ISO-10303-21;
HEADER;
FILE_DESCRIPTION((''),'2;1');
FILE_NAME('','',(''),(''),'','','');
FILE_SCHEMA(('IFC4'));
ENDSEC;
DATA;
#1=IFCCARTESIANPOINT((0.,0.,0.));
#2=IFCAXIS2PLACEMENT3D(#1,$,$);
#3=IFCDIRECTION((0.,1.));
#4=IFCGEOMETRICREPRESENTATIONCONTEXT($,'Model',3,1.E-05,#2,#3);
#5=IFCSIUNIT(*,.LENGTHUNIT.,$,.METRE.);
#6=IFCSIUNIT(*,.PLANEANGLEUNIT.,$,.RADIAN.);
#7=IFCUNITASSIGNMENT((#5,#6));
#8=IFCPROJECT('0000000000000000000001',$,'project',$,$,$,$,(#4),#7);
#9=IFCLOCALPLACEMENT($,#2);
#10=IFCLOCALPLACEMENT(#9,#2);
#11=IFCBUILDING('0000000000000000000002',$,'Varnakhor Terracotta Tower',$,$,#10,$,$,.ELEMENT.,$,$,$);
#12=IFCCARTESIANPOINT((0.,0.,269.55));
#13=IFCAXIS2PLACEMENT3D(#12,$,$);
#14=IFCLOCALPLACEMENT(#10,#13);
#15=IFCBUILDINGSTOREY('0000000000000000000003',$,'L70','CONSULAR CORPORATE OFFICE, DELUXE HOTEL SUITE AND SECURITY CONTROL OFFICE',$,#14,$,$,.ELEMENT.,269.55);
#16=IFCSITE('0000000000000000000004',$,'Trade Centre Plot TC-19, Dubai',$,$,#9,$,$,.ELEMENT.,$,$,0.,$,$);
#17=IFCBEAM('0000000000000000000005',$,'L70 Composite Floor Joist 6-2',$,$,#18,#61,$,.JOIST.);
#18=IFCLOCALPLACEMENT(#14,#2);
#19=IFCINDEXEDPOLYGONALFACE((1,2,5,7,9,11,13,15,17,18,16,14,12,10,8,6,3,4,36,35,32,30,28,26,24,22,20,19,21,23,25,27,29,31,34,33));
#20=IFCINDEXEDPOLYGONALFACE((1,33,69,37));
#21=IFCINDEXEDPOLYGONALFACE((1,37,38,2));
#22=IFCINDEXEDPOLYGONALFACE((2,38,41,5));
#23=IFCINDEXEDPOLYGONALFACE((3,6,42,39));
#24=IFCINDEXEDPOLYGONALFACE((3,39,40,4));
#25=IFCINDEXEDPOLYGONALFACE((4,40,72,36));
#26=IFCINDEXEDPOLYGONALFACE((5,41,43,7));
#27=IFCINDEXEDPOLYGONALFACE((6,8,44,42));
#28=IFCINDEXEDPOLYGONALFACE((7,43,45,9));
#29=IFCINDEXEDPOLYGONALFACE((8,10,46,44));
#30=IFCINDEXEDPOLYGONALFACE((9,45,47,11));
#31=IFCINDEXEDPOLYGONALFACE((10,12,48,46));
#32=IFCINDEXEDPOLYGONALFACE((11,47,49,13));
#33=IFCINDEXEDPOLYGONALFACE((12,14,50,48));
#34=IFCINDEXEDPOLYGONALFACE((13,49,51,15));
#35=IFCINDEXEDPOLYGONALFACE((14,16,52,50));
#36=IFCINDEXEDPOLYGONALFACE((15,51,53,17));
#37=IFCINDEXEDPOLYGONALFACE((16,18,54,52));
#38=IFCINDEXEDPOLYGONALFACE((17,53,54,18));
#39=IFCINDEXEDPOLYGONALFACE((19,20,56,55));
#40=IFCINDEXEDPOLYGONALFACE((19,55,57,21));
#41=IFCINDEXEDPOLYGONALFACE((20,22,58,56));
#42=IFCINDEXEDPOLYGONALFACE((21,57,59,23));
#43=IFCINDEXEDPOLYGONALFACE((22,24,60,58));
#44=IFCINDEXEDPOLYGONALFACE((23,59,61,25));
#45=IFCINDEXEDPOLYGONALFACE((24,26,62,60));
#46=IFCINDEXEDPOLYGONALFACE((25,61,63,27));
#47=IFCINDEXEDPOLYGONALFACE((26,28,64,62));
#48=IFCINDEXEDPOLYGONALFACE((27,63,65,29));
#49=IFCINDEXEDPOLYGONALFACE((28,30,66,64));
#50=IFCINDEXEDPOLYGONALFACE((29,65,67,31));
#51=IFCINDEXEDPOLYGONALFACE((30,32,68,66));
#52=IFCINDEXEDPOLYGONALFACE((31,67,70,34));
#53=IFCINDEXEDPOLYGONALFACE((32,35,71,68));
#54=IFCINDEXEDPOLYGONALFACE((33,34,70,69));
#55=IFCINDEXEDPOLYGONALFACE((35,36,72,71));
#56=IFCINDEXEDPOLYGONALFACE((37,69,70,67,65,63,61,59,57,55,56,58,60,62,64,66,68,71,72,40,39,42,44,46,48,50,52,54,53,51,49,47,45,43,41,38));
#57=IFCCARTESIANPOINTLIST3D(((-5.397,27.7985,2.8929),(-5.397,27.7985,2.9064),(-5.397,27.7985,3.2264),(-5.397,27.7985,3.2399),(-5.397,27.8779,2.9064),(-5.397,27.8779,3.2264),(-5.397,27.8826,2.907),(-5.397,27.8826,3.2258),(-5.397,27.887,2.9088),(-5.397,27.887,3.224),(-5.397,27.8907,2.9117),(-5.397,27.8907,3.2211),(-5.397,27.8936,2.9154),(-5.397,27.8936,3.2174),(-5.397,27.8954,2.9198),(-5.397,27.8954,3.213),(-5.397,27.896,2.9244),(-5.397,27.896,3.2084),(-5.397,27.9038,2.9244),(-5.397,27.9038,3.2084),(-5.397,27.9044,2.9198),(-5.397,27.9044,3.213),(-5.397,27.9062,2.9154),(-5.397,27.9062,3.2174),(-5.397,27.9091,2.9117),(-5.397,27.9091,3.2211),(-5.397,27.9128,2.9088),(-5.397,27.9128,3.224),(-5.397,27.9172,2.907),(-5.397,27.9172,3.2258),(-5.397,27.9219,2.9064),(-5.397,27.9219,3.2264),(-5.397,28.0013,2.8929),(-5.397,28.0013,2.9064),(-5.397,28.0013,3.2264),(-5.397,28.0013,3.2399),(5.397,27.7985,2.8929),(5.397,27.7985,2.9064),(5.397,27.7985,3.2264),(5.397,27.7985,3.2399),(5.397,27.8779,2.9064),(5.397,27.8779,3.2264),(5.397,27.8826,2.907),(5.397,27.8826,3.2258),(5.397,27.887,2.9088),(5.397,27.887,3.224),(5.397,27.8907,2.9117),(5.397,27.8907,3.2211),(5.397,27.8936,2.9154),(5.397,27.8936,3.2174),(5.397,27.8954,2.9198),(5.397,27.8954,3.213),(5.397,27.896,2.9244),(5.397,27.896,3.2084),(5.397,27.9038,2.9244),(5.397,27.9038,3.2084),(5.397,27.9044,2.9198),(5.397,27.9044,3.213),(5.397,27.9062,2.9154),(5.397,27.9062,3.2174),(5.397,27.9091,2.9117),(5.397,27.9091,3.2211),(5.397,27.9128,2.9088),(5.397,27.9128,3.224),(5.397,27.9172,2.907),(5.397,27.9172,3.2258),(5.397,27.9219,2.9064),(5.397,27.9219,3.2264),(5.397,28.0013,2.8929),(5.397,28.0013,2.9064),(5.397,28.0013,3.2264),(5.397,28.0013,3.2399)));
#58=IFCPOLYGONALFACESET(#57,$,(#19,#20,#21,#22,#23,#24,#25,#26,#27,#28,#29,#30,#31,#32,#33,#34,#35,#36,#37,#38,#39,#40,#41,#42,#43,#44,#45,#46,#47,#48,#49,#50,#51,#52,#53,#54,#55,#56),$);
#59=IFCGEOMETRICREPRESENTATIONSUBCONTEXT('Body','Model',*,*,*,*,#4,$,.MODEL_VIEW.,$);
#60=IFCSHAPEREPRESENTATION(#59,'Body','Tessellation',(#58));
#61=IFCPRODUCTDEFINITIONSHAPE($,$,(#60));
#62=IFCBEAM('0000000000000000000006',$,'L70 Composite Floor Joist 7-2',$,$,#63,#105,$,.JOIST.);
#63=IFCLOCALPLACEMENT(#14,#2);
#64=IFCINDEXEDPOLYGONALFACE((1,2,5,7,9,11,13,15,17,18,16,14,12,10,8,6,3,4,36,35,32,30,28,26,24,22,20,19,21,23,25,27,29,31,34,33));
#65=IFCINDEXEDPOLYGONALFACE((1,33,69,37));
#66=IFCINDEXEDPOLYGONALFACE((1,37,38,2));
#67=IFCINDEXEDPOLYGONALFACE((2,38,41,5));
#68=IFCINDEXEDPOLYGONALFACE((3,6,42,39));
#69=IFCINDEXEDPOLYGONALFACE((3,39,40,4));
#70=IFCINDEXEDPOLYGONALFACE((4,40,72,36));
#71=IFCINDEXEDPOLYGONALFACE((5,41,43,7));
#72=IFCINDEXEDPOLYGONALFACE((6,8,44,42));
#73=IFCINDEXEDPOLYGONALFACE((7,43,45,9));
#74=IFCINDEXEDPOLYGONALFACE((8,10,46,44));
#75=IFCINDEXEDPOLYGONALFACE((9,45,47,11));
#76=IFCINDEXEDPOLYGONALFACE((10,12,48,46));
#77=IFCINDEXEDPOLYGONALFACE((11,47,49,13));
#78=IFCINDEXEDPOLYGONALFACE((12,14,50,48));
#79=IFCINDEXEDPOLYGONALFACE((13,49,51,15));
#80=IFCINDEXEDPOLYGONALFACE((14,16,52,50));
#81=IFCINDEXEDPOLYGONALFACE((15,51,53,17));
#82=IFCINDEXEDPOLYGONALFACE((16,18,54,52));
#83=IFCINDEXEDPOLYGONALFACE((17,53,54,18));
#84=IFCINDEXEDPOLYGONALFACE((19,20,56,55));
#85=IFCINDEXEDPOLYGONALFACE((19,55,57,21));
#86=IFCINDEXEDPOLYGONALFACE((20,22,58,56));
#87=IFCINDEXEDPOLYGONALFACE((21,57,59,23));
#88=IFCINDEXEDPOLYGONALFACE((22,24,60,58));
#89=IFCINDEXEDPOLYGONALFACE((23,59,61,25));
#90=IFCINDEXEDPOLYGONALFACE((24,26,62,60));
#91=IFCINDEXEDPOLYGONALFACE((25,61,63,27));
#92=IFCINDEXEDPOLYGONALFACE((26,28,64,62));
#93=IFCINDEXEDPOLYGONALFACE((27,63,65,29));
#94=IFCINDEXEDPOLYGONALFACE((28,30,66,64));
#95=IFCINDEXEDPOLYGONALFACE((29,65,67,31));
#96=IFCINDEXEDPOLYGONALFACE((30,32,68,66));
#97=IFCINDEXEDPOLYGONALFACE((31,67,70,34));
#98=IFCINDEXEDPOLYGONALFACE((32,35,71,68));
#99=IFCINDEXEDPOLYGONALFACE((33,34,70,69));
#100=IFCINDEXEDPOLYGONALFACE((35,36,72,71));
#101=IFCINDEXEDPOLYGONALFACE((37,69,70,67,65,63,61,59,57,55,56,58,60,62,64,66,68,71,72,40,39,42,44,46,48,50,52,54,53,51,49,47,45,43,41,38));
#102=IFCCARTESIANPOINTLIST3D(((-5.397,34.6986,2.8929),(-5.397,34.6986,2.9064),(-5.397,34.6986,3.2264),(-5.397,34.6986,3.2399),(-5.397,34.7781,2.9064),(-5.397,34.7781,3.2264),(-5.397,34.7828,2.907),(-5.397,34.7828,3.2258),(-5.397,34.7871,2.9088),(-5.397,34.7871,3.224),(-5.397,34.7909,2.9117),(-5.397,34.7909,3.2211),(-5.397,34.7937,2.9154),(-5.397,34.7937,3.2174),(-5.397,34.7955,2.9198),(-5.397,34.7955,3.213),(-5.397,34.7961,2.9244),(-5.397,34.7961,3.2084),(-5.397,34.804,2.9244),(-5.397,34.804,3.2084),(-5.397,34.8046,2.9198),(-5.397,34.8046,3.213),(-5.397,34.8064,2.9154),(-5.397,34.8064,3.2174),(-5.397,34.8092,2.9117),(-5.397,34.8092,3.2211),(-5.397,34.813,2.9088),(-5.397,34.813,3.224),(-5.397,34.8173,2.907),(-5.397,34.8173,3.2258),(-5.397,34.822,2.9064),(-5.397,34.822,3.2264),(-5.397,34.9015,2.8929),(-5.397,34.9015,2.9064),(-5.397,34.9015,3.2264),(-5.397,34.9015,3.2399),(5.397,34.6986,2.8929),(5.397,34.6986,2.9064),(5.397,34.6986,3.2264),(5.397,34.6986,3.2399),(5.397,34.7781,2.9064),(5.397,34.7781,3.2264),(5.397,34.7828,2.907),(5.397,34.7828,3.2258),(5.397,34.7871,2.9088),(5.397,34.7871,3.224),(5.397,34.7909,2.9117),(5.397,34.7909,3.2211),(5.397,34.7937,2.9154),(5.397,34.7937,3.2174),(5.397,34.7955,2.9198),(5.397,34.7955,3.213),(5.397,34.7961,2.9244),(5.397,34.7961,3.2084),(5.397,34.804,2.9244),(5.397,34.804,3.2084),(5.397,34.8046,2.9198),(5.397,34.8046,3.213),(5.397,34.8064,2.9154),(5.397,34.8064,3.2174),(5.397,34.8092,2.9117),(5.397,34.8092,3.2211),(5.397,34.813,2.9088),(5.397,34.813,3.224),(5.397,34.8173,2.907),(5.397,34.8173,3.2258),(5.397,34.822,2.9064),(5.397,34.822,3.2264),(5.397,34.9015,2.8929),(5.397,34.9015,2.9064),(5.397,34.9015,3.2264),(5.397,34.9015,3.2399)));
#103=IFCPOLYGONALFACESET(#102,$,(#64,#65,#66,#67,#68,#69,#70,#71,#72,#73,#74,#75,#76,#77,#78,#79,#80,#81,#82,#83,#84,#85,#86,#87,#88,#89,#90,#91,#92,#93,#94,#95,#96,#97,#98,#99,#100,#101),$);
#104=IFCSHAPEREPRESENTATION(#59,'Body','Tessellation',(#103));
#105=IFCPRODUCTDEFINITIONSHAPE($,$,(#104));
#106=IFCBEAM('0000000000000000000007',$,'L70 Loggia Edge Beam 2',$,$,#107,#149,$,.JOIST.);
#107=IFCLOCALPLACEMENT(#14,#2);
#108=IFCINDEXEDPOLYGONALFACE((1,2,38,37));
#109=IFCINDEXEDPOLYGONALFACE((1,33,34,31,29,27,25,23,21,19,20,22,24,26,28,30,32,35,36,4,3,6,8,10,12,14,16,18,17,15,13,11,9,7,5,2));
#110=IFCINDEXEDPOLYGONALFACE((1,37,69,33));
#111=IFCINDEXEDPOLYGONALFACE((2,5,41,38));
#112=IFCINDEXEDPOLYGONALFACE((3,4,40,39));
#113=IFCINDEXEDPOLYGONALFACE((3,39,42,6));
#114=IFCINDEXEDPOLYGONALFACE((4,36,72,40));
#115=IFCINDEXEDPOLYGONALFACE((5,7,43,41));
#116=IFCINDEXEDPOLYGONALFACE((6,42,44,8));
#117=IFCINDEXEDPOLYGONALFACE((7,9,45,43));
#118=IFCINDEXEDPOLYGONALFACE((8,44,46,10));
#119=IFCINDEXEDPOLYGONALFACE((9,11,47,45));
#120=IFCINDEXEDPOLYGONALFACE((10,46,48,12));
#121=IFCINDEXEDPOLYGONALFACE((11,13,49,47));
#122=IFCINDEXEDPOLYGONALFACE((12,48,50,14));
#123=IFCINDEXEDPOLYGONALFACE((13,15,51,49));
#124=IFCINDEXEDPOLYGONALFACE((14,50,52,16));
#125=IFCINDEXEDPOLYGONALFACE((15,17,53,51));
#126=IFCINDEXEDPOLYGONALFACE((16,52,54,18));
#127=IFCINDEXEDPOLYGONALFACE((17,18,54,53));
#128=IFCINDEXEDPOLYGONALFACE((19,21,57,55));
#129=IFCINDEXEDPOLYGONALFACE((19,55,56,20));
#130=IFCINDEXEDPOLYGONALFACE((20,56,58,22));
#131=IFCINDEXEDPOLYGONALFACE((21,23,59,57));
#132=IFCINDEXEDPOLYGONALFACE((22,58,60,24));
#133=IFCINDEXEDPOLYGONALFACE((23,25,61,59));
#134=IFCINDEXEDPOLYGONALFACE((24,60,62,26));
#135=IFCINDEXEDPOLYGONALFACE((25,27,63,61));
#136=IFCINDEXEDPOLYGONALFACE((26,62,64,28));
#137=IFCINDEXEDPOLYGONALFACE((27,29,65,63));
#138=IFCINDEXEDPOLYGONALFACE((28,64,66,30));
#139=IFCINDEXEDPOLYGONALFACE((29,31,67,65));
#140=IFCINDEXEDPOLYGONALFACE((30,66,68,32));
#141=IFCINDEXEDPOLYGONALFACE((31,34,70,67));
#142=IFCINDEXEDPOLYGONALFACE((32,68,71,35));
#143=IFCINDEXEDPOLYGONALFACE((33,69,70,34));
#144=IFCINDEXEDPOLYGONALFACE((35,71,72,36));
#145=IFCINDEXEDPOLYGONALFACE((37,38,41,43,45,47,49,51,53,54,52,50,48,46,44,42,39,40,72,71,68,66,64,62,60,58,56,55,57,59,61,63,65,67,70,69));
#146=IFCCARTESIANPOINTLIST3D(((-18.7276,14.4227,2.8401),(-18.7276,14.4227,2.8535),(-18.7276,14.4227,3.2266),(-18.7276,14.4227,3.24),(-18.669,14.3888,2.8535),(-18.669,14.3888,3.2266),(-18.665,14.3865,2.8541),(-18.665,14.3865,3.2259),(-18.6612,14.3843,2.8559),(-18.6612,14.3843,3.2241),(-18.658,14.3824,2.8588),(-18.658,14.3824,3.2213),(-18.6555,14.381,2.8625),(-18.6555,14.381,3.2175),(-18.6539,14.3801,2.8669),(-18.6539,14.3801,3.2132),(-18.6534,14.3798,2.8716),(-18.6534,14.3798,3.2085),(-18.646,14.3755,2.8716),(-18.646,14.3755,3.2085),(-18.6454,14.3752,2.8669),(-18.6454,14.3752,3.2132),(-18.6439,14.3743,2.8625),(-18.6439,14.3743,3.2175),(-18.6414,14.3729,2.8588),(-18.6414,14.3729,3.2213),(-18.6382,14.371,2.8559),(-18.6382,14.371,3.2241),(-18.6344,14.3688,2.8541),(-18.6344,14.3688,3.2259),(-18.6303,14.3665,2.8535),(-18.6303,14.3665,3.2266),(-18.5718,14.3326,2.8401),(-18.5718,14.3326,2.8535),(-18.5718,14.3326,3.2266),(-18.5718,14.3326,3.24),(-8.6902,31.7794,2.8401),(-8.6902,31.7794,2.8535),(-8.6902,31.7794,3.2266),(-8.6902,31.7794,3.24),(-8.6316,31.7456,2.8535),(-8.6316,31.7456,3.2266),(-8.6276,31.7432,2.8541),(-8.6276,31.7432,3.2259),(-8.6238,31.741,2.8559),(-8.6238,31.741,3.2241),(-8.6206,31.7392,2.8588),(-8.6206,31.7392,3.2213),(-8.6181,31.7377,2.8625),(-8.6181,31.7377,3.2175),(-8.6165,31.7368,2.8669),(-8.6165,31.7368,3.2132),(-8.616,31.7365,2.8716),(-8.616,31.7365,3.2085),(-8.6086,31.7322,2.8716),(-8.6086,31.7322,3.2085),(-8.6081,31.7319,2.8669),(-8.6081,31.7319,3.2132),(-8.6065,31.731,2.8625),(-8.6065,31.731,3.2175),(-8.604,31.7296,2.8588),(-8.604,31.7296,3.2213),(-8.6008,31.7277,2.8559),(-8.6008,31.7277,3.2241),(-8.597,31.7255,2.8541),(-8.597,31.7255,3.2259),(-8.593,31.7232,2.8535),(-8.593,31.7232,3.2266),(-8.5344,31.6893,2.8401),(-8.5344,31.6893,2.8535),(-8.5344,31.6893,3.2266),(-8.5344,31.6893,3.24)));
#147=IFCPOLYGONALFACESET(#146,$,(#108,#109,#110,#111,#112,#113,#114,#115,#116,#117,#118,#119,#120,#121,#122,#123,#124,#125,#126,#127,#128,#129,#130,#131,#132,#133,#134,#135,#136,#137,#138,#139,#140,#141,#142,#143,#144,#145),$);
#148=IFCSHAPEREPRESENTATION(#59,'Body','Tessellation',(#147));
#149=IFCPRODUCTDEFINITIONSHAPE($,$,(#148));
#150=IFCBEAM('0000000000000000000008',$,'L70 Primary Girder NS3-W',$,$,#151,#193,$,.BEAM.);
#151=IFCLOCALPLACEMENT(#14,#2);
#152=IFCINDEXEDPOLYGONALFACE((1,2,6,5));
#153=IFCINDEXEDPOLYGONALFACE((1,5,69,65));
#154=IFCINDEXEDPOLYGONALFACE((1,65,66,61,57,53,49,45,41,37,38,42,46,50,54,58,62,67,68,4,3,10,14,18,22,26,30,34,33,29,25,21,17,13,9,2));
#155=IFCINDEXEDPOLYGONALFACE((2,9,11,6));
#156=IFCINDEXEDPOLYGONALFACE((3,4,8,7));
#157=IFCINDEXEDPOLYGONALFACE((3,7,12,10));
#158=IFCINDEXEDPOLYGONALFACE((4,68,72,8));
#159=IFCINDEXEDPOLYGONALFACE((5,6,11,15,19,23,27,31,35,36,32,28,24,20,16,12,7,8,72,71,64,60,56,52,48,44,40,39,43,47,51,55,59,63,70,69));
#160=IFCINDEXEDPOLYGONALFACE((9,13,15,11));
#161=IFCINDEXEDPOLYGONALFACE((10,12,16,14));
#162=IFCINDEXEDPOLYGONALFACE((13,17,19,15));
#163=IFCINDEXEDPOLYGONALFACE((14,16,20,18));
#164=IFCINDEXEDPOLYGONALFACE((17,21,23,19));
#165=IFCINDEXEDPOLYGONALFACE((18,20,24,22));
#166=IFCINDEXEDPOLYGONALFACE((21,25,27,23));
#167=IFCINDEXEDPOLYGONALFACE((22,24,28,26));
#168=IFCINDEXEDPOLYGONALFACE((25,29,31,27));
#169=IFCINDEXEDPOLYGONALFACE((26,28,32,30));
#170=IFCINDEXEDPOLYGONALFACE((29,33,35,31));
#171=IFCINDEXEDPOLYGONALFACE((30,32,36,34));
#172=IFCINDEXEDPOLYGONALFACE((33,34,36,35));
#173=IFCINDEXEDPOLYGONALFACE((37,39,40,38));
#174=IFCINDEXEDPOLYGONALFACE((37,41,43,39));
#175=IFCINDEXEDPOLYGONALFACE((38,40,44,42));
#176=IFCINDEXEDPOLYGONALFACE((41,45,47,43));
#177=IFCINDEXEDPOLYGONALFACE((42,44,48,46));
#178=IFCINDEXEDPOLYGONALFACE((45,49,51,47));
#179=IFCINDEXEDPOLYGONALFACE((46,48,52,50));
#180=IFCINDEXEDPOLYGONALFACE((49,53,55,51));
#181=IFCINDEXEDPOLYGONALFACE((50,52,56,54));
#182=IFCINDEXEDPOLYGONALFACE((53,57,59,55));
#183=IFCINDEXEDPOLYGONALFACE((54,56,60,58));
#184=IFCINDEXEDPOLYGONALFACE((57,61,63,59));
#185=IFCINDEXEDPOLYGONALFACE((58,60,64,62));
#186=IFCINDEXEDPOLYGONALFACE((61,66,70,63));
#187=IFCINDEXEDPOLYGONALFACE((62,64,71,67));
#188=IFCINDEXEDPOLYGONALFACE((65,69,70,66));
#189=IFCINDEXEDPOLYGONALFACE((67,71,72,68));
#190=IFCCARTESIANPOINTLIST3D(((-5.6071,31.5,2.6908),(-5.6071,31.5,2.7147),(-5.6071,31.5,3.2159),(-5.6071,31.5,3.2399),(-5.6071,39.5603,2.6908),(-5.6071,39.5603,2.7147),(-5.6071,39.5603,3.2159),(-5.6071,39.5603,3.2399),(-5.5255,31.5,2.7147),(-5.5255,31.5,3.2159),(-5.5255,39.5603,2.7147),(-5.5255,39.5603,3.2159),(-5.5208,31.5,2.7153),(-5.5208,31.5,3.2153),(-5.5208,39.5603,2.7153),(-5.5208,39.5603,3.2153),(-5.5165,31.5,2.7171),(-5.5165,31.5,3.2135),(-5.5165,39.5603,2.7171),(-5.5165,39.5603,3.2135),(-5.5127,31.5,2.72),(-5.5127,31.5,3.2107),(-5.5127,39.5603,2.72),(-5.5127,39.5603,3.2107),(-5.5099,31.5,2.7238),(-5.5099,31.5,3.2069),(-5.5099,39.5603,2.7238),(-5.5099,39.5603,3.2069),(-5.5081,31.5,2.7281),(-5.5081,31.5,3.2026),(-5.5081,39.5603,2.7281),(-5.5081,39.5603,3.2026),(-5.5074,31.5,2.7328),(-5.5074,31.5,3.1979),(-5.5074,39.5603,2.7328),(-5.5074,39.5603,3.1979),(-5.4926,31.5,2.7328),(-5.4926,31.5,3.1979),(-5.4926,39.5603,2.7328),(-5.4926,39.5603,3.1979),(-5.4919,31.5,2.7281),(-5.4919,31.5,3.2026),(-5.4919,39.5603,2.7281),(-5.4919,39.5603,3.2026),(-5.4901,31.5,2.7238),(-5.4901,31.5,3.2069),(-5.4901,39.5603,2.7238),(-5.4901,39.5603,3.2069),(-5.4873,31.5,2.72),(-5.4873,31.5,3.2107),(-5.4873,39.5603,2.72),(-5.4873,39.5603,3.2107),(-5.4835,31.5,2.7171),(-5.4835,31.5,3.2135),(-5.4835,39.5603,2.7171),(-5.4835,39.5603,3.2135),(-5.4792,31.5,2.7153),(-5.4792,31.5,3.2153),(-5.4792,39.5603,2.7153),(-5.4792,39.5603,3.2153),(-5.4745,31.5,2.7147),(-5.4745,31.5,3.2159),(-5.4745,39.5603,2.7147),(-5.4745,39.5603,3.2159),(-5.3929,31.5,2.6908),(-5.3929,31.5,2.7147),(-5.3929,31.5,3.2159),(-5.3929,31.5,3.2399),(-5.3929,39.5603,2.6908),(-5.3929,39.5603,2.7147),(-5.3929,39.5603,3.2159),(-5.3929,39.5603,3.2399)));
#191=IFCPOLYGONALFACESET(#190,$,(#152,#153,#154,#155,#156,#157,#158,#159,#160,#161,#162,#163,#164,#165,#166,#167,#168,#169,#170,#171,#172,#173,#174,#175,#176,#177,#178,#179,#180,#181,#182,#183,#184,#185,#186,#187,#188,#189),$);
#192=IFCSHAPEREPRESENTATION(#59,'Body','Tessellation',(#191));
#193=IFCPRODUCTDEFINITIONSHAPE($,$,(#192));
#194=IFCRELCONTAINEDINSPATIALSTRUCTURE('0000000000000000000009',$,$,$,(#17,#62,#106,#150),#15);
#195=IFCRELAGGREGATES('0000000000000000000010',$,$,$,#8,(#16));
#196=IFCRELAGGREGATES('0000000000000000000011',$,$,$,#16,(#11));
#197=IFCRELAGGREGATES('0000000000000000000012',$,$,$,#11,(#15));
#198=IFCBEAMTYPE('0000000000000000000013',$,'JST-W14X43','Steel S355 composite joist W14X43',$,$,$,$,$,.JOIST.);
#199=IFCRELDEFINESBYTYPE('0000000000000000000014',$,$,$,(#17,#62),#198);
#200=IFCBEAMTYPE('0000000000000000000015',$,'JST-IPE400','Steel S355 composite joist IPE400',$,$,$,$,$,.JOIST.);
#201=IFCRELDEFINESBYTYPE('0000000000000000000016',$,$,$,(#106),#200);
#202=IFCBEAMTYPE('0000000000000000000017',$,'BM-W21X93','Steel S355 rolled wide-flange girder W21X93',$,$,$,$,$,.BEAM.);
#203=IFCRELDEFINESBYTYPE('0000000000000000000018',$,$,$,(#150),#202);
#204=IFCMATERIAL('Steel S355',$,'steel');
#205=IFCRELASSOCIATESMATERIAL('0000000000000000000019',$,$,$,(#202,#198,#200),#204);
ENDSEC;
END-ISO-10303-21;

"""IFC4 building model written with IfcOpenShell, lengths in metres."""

from ifc_helpers import new_model, si_unit, direction, frame, origin, origin_2d, place, context, subcontext, project, spatial, i_section, extrude, source, transform, mapped, material, material_profile, profile_set, type_object, element, save


model = new_model("IFC4")

# Units and contexts
model_context = context("Model", 3, precision=1e-05, world=origin(), true_north=direction((0.0, 1.0)))
body_context = subcontext(model_context, "Body", "Model", "MODEL_VIEW")
ifc_project = project(units=[si_unit("LENGTHUNIT", "METRE"), si_unit("PLANEANGLEUNIT", "RADIAN")], contexts=[model_context])

# Site, building, storey
site_placement = place(None, origin())
site = spatial("IfcSite", under=ifc_project, at=site_placement, Name="Trade Centre Plot TC-19, Dubai", CompositionType="ELEMENT", RefElevation=0.0)
building_placement = place(site_placement, origin())
building = spatial("IfcBuilding", under=site, at=building_placement, Name="Varnakhor Terracotta Tower", CompositionType="ELEMENT")
storey_placement = place(building_placement, frame((0.0, 0.0, 269.55)))
storey = spatial("IfcBuildingStorey", under=building, at=storey_placement, Name="L70", Description="CONSULAR CORPORATE OFFICE, DELUXE HOTEL SUITE AND SECURITY CONTROL OFFICE", CompositionType="ELEMENT", Elevation=269.55)

# Beams
ifc_material_1 = material(Name="Steel S355", Category="steel")
ifc_material_profile_1 = material_profile(ifc_material_1, i_section(OverallWidth=0.2141, OverallDepth=0.5491, WebThickness=0.0149, FlangeThickness=0.0239, FilletRadius=0.0181, at=origin_2d()), Name="W21X93")
ifc_profile_set_1 = profile_set([ifc_material_profile_1], Name="Steel S355")
beam_type_1 = type_object("IfcBeamType", Name="BM-W21X93", Description="Steel S355 rolled wide-flange girder W21X93", PredefinedType="BEAM", material=ifc_profile_set_1)
ifc_material_profile_2 = material_profile(ifc_material_1, i_section(OverallWidth=0.2029, OverallDepth=0.3469, WebThickness=0.0078, FlangeThickness=0.0134, FilletRadius=0.0181, at=origin_2d()), Name="W14X43")
ifc_profile_set_2 = profile_set([ifc_material_profile_2], Name="Steel S355")
beam_type_2 = type_object("IfcBeamType", Name="JST-W14X43", Description="Steel S355 composite joist W14X43", PredefinedType="JOIST", material=ifc_profile_set_2)
shared_shape_1 = source(origin(), body_context, "Body", "SweptSolid", [
    extrude(i_section(OverallWidth=0.2029, OverallDepth=0.3469, WebThickness=0.0078, FlangeThickness=0.0134, FilletRadius=0.0181, at=origin_2d()), origin(), (0.0, 0.0, 1.0), 10.7939),
])
for number, where, z_axis, x_axis, name in (
    (1, (-5.397, 27.8999, 3.0664), (1.0, 0.0, 0.0), (0.0, 1.0, 0.0), "L70 Composite Floor Joist 6-2"),
    (2, (-5.397, 34.8, 3.0664), (1.0, 0.0, 0.0), (0.0, 1.0, 0.0), "L70 Composite Floor Joist 7-2"),
):
    element("IfcBeam", number, at=place(storey_placement, frame(where, z_axis=z_axis, x_axis=x_axis)), inside=storey, type_object=beam_type_2, Name=name, PredefinedType="JOIST", context=body_context, shape_type="MappedRepresentation", body=[
        mapped(shared_shape_1, transform((0.0, 0.0, 0.0), scale=1.0)),
    ])
ifc_material_profile_3 = material_profile(ifc_material_1, i_section(OverallWidth=0.1799, OverallDepth=0.3999, WebThickness=0.0085, FlangeThickness=0.0134, FilletRadius=0.0181, at=origin_2d()), Name="IPE400")
ifc_profile_set_3 = profile_set([ifc_material_profile_3], Name="Steel S355")
beam_type_3 = type_object("IfcBeamType", Name="JST-IPE400", Description="Steel S355 composite joist IPE400", PredefinedType="JOIST", material=ifc_profile_set_3)
shared_shape_2 = source(origin(), body_context, "Body", "SweptSolid", [
    extrude(i_section(OverallWidth=0.1799, OverallDepth=0.3999, WebThickness=0.0085, FlangeThickness=0.0134, FilletRadius=0.0181, at=origin_2d()), origin(), (0.0, 0.0, 1.0), 20.05),
])
beam_1_placement = place(storey_placement, frame((-8.6123, 31.7344, 3.04), z_axis=(-0.500616, -0.86567, 0.0), x_axis=(0.86567, -0.500616, 0.0)))
element("IfcBeam", 3, at=beam_1_placement, inside=storey, type_object=beam_type_3, Name="L70 Loggia Edge Beam 2", PredefinedType="JOIST", context=body_context, shape_type="MappedRepresentation", body=[
    mapped(shared_shape_2, transform((0.0, 0.0, 0.0), scale=1.0)),
])
shared_shape_3 = source(origin(), body_context, "Body", "SweptSolid", [
    extrude(i_section(OverallWidth=0.2141, OverallDepth=0.5491, WebThickness=0.0149, FlangeThickness=0.0239, FilletRadius=0.0181, at=origin_2d()), origin(), (0.0, 0.0, 1.0), 8.0603),
])
beam_2_placement = place(storey_placement, frame((-5.5, 31.5, 2.9653), z_axis=(0.0, 1.0, 0.0), x_axis=(-1.0, 0.0, 0.0)))
element("IfcBeam", 4, at=beam_2_placement, inside=storey, type_object=beam_type_1, Name="L70 Primary Girder NS3-W", PredefinedType="BEAM", context=body_context, shape_type="MappedRepresentation", body=[
    mapped(shared_shape_3, transform((0.0, 0.0, 0.0), scale=1.0)),
])

save(model, "model.ifc")
